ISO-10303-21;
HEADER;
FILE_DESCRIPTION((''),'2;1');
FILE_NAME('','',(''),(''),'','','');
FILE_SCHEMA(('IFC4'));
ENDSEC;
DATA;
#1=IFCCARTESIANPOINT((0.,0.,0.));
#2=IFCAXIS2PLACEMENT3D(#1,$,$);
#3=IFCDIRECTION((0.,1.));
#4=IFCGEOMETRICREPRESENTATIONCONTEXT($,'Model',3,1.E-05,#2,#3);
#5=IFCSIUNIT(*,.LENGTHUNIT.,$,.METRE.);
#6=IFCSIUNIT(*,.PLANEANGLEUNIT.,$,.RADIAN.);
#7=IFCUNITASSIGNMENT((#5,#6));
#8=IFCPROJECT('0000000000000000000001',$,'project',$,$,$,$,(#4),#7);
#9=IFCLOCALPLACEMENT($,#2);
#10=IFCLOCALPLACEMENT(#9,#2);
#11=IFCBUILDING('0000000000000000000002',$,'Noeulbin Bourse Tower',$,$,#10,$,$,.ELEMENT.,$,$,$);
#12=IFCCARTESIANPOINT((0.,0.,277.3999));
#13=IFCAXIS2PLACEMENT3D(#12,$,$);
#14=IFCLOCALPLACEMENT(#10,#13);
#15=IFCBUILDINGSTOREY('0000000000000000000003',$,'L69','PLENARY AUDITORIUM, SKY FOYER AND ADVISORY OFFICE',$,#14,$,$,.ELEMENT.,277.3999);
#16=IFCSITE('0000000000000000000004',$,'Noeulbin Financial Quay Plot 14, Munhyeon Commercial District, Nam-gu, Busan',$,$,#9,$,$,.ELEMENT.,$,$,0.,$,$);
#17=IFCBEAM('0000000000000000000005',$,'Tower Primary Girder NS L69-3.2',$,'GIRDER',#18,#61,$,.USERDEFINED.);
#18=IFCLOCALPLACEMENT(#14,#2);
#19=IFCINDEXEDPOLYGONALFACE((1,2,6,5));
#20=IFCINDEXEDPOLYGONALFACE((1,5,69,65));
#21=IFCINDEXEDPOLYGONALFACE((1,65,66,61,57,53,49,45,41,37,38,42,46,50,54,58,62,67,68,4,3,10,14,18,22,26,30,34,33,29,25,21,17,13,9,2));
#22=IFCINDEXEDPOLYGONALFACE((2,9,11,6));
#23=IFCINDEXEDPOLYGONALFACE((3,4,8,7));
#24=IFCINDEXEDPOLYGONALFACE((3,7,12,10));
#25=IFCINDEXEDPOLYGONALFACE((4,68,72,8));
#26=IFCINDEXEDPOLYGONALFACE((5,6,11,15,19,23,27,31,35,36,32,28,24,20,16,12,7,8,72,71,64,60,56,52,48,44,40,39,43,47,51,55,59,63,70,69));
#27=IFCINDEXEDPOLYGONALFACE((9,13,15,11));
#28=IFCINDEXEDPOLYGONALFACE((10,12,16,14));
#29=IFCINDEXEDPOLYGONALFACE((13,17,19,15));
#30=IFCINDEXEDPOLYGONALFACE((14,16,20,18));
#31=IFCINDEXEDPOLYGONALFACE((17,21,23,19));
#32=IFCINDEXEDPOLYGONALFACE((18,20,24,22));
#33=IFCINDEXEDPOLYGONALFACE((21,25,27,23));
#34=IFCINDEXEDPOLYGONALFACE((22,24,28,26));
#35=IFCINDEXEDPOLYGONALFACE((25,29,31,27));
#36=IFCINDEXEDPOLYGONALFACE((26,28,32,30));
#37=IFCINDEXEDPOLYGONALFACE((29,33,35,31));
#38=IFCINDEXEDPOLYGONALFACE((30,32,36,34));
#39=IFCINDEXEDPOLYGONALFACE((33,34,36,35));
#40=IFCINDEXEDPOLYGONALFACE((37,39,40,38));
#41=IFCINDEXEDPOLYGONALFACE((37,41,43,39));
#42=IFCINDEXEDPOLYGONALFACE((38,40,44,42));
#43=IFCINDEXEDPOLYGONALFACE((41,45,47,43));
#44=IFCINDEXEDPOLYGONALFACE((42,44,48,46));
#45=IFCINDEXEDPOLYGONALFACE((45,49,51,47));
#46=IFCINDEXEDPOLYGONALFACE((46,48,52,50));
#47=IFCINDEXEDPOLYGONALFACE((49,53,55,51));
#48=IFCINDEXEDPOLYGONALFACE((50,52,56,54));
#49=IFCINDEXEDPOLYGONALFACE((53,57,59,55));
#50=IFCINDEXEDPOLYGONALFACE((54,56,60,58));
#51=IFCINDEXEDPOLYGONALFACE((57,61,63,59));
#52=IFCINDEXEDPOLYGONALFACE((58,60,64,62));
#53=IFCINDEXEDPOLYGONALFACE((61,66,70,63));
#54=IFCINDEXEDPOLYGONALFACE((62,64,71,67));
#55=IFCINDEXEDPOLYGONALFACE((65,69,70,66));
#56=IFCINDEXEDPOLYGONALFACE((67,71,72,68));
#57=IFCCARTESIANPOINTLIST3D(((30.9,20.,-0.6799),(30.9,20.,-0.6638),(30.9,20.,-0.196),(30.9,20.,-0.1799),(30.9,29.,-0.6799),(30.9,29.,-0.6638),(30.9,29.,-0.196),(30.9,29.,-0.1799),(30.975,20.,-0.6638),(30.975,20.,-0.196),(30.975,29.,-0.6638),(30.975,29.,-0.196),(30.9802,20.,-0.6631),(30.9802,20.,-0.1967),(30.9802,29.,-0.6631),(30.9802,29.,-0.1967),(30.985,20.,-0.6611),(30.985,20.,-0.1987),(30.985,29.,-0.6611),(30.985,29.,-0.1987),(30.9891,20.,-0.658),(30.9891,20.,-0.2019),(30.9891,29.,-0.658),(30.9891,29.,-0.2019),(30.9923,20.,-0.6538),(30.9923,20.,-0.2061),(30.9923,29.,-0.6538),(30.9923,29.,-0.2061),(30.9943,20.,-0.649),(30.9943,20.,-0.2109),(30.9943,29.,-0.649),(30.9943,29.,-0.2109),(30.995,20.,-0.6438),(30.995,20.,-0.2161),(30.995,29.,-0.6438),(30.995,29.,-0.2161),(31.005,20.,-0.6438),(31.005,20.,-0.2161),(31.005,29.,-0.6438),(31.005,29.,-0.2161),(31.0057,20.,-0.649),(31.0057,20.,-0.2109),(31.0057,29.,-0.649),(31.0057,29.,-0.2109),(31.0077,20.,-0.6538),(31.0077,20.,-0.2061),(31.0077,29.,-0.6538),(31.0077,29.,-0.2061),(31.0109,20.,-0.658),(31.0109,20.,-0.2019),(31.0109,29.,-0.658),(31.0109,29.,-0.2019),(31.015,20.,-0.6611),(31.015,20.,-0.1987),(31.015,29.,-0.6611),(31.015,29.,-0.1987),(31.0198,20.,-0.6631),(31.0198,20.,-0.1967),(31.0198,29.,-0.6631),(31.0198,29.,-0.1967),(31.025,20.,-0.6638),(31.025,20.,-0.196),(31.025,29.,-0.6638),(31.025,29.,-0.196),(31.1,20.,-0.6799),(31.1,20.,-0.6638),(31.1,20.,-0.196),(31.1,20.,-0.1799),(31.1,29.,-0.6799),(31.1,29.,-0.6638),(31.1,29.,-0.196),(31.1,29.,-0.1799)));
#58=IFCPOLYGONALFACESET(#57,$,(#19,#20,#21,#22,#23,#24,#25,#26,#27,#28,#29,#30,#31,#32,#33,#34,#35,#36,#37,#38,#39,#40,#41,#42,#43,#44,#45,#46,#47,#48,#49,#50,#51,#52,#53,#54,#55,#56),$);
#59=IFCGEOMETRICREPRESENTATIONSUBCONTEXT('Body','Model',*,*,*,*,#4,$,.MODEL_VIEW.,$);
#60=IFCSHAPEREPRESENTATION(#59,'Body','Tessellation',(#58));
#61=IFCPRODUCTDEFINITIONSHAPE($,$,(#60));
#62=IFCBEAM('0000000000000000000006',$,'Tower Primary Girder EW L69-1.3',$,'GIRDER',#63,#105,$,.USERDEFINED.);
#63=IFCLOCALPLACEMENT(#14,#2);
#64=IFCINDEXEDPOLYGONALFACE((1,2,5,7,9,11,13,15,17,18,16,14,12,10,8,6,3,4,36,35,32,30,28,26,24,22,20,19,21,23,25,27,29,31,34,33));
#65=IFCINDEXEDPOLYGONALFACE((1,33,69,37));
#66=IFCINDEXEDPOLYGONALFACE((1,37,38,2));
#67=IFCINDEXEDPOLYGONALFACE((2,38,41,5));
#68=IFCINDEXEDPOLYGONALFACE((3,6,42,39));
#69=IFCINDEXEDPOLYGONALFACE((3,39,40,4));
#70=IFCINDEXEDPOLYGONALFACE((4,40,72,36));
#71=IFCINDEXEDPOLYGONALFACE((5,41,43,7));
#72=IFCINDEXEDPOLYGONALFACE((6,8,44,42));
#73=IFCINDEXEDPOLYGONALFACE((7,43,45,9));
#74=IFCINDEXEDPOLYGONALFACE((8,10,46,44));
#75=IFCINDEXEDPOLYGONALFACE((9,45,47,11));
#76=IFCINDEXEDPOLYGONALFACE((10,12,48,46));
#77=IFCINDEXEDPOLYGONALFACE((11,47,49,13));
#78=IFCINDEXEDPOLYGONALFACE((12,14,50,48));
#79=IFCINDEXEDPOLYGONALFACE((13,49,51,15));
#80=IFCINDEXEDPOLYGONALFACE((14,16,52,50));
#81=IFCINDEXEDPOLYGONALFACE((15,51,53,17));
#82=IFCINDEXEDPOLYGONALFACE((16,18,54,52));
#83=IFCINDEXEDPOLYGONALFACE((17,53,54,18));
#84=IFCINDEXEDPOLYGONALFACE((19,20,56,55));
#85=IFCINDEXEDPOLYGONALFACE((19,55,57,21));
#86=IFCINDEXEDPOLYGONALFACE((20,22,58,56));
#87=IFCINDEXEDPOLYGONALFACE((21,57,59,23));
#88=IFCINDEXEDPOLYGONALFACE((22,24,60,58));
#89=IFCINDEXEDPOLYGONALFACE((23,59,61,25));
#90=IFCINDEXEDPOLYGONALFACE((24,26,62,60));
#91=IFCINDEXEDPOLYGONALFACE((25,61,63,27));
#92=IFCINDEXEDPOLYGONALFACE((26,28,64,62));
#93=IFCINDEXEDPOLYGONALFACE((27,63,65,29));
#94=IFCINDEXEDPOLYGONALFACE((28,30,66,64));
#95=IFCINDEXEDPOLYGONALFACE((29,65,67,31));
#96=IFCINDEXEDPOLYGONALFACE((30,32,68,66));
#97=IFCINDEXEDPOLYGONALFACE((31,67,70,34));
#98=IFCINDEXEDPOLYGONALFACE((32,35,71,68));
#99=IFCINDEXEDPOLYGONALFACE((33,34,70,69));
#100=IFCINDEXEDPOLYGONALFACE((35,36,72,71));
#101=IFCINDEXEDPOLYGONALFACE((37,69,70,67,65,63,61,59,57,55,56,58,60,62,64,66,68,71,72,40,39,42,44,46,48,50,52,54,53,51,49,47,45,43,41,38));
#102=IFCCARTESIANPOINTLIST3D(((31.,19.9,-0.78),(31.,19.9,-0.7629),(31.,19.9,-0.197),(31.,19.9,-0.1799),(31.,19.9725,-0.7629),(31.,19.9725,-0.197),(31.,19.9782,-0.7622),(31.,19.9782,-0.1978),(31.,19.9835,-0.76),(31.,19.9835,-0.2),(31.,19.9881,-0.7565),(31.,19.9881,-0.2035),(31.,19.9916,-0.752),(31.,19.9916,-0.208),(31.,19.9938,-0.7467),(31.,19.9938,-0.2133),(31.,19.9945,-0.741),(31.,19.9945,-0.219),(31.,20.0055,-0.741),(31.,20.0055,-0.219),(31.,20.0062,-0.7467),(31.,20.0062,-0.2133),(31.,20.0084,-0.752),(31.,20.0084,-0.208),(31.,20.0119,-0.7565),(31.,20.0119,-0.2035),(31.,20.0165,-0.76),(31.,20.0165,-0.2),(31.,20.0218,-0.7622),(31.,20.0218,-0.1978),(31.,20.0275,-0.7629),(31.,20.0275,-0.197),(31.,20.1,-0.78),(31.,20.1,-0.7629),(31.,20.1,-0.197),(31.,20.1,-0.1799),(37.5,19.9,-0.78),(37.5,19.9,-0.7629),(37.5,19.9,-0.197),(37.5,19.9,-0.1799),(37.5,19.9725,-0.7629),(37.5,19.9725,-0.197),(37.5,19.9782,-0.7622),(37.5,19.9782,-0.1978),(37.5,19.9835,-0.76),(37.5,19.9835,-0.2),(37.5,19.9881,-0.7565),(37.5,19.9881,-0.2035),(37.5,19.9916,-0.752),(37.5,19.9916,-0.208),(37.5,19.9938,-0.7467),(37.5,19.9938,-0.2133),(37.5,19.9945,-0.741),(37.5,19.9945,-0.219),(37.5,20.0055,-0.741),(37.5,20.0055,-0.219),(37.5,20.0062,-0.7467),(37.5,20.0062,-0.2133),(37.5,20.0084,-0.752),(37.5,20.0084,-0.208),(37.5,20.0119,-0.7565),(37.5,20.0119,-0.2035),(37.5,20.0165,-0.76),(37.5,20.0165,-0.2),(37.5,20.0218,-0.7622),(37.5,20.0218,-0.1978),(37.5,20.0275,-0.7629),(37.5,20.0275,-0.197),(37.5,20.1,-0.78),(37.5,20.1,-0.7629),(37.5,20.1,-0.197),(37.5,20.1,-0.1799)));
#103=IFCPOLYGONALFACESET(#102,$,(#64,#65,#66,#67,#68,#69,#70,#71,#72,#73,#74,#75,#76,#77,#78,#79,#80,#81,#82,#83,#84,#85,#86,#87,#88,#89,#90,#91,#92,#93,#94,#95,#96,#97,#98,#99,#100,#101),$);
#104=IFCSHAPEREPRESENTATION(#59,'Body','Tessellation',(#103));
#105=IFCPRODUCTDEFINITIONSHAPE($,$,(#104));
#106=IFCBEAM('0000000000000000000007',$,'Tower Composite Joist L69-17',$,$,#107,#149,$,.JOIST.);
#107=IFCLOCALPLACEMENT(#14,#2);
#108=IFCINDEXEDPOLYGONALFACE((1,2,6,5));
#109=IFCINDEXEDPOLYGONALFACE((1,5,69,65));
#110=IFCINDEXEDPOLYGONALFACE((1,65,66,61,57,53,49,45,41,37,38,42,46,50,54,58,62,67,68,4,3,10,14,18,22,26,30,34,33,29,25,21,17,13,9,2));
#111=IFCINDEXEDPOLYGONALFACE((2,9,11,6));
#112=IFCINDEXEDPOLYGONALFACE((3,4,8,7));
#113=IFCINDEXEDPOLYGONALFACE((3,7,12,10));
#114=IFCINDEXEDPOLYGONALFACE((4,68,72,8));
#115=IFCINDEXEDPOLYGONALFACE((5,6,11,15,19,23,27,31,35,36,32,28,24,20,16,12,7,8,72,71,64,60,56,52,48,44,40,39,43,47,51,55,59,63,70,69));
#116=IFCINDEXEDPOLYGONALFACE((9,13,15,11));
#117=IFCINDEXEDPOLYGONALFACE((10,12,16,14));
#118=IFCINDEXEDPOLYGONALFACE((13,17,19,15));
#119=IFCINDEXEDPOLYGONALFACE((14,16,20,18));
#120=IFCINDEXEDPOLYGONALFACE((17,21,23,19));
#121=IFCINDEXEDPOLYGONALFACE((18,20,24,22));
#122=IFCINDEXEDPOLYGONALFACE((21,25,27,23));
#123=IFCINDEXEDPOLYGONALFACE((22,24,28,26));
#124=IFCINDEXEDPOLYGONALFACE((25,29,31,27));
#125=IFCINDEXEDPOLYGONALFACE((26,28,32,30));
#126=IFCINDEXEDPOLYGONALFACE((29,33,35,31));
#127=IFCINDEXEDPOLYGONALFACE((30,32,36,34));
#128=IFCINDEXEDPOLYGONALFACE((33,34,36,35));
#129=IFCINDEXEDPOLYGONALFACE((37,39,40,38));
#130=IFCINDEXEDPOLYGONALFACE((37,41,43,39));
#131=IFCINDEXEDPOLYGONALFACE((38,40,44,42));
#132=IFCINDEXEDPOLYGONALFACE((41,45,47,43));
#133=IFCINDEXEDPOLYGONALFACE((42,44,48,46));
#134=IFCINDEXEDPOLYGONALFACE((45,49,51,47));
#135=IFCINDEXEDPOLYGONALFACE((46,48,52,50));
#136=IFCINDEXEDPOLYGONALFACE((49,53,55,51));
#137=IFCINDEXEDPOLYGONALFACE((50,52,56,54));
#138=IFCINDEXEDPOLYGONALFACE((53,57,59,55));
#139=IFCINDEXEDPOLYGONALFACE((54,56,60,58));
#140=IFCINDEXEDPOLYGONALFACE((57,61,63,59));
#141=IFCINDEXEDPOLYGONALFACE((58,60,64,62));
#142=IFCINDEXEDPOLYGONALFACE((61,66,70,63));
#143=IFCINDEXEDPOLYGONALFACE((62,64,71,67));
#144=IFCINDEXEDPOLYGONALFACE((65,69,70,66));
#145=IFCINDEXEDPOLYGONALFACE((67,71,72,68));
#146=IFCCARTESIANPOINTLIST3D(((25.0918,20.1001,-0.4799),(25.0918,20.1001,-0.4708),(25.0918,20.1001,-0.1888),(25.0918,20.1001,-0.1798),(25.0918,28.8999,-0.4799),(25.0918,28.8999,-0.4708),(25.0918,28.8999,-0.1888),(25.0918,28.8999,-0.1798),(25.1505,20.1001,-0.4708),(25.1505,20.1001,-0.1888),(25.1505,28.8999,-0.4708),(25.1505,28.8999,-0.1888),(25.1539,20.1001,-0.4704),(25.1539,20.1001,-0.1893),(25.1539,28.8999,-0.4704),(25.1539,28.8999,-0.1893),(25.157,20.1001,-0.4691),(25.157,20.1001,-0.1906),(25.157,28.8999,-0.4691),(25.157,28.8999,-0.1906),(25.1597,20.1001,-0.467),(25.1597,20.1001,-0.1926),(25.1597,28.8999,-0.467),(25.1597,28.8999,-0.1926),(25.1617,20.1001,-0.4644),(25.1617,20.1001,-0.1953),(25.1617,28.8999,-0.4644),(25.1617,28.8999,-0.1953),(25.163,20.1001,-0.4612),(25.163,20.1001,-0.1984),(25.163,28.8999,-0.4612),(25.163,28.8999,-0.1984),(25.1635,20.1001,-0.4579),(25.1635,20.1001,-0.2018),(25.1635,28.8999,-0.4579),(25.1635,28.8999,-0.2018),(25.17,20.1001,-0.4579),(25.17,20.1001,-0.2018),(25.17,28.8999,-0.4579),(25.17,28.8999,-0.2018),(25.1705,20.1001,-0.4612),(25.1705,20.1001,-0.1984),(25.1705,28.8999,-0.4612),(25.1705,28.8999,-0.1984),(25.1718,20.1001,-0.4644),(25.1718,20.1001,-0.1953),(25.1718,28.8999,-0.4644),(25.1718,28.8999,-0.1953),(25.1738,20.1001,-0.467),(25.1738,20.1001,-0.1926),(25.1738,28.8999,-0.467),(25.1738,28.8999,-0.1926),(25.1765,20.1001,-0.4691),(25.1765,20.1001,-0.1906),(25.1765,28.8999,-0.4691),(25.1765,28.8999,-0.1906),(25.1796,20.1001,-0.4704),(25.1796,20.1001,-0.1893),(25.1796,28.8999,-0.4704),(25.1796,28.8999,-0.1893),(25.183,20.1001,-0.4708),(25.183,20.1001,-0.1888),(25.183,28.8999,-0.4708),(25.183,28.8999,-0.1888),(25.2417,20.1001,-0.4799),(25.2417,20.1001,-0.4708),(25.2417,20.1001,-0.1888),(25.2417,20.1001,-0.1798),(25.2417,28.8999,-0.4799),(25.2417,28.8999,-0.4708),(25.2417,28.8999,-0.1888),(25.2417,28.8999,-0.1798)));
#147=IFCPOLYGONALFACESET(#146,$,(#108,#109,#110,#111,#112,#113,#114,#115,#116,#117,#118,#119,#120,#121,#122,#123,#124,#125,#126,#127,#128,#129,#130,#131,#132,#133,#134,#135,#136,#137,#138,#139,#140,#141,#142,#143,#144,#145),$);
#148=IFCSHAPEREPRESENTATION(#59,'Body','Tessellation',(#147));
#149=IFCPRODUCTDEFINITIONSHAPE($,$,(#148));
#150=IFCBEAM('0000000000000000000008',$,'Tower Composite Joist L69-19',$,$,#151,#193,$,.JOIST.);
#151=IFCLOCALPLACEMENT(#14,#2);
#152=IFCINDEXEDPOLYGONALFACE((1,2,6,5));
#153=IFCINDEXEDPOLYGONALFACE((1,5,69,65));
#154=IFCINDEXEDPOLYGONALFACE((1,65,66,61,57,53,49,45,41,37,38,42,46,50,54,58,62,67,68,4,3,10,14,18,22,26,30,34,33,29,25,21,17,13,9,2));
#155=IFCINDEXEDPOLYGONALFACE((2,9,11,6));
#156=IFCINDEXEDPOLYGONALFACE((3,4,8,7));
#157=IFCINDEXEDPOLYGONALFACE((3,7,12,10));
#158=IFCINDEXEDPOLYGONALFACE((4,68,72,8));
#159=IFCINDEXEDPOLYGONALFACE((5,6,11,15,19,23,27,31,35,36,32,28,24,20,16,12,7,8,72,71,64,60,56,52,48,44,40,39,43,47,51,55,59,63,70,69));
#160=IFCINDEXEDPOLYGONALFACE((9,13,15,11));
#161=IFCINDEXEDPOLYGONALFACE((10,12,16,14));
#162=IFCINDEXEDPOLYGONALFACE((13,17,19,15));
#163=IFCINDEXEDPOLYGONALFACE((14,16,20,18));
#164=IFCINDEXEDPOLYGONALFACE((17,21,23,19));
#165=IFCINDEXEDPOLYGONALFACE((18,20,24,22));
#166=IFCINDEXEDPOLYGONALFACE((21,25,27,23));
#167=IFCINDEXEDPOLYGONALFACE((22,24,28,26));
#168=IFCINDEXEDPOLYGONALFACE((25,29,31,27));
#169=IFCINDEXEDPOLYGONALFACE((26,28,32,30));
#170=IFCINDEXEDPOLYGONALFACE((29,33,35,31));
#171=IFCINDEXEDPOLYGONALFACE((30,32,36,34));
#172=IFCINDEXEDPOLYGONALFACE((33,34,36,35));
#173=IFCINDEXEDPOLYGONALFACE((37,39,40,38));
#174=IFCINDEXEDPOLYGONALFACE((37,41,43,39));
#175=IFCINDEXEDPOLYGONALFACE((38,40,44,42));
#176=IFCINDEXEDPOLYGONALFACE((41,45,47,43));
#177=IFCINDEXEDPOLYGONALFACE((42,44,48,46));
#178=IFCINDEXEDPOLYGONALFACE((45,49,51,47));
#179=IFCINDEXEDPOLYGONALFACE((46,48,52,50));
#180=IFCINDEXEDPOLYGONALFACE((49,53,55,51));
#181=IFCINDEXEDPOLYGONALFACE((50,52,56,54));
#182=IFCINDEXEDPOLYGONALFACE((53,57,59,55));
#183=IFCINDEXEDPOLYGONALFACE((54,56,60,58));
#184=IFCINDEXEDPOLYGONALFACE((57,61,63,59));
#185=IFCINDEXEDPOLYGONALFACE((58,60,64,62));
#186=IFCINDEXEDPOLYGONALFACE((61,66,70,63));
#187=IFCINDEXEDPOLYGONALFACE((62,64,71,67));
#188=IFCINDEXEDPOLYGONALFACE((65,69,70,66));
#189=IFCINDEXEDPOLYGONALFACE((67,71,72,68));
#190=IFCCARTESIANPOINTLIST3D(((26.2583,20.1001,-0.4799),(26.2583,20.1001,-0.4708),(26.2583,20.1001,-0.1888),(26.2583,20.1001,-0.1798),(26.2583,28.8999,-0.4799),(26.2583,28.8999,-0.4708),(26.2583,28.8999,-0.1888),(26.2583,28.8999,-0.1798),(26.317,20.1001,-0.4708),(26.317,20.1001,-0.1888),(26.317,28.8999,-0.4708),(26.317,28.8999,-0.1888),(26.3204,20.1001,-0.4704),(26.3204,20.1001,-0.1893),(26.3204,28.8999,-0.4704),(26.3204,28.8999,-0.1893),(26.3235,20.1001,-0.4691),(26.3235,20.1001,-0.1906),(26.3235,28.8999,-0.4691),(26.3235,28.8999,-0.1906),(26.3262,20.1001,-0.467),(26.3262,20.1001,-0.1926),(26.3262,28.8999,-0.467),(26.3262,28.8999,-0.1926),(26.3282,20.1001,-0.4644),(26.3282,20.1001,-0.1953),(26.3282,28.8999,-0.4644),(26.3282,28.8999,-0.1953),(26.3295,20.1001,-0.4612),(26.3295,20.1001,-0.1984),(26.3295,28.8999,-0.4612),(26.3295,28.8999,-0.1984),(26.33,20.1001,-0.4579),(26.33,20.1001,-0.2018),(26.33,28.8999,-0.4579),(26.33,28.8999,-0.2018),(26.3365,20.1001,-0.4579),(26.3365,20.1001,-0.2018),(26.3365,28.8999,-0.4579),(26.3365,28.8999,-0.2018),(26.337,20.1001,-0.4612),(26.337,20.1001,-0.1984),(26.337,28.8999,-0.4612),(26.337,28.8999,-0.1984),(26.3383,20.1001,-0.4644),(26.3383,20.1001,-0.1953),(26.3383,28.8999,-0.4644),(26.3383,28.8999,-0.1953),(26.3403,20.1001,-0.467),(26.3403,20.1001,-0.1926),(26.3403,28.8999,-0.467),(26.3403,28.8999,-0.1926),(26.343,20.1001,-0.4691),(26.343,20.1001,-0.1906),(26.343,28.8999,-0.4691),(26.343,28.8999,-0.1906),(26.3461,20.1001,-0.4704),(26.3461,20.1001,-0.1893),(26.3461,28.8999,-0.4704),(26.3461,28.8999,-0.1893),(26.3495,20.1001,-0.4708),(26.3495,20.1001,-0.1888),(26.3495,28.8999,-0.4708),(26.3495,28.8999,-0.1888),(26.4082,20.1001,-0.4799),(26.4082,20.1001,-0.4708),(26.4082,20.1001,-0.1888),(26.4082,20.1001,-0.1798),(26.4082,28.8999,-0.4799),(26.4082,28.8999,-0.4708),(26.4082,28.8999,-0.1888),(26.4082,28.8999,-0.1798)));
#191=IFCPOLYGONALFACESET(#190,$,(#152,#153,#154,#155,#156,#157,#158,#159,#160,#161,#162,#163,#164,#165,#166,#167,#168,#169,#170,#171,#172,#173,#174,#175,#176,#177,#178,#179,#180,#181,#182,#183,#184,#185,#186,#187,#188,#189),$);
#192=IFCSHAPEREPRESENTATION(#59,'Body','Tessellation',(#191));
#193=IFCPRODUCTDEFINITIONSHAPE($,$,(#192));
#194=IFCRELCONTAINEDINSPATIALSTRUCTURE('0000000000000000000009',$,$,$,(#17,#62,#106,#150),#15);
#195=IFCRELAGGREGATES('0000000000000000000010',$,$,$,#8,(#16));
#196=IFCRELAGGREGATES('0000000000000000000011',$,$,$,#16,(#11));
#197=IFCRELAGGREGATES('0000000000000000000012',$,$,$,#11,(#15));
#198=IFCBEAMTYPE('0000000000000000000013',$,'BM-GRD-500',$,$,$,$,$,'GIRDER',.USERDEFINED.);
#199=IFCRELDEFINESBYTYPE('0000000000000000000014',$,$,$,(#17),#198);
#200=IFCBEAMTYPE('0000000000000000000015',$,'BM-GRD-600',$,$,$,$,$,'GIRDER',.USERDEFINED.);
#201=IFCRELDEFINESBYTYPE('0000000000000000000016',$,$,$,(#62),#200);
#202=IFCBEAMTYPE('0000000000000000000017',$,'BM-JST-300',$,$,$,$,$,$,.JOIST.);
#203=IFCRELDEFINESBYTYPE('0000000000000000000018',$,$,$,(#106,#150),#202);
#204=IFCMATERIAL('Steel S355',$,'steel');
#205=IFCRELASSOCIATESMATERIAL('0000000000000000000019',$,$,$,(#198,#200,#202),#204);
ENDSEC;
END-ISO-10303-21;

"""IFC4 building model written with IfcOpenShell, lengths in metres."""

from ifc_helpers import new_model, si_unit, direction, frame, origin, origin_2d, place, context, subcontext, project, spatial, i_section, extrude, material, material_profile, profile_set, type_object, element, save


model = new_model("IFC4")

# Units and contexts
model_context = context("Model", 3, precision=1e-05, world=origin(), true_north=direction((0.0, 1.0)))
body_context = subcontext(model_context, "Body", "Model", "MODEL_VIEW")
ifc_project = project(units=[si_unit("LENGTHUNIT", "METRE"), si_unit("PLANEANGLEUNIT", "RADIAN")], contexts=[model_context])

# Site, building, storey
site_placement = place(None, origin())
site = spatial("IfcSite", under=ifc_project, at=site_placement, Name="Noeulbin Financial Quay Plot 14, Munhyeon Commercial District, Nam-gu, Busan", CompositionType="ELEMENT", RefElevation=0.0)
building_placement = place(site_placement, origin())
building = spatial("IfcBuilding", under=site, at=building_placement, Name="Noeulbin Bourse Tower", CompositionType="ELEMENT")
storey_placement = place(building_placement, frame((0.0, 0.0, 277.3999)))
storey = spatial("IfcBuildingStorey", under=building, at=storey_placement, Name="L69", Description="PLENARY AUDITORIUM, SKY FOYER AND ADVISORY OFFICE", CompositionType="ELEMENT", Elevation=277.3999)

# Shared definitions
ifc_material_1 = material(Name="Steel S355", Category="steel")

# Beams
ifc_material_profile_1 = material_profile(ifc_material_1, i_section(OverallWidth=0.2, OverallDepth=0.5, WebThickness=0.01, FlangeThickness=0.0161, FilletRadius=0.02, at=origin_2d()), Name="H-500x200x10x16", Category="LoadBearing")
ifc_profile_set_1 = profile_set([ifc_material_profile_1], Name="Steel S355")
beam_type_1 = type_object("IfcBeamType", Name="BM-GRD-500", ElementType="GIRDER", PredefinedType="USERDEFINED", material=ifc_profile_set_1)
beam_1_placement = place(storey_placement, frame((31.0, 20.0, -0.4299), z_axis=(0.0, 1.0, 0.0), x_axis=(-1.0, 0.0, 0.0)))
element("IfcBeam", 1, at=beam_1_placement, inside=storey, type_object=beam_type_1, Name="Tower Primary Girder NS L69-3.2", ObjectType="GIRDER", PredefinedType="USERDEFINED", context=body_context, shape_type="SweptSolid", body=[
    extrude(i_section(OverallWidth=0.2, OverallDepth=0.5, WebThickness=0.01, FlangeThickness=0.0161, FilletRadius=0.02, at=origin_2d()), origin(), (0.0, 0.0, 1.0), 9.0),
])
ifc_material_profile_2 = material_profile(ifc_material_1, i_section(OverallWidth=0.2, OverallDepth=0.6001, WebThickness=0.011, FlangeThickness=0.0171, FilletRadius=0.022, at=origin_2d()), Name="H-600x200x11x17", Category="LoadBearing")
ifc_profile_set_2 = profile_set([ifc_material_profile_2], Name="Steel S355")
beam_type_2 = type_object("IfcBeamType", Name="BM-GRD-600", ElementType="GIRDER", PredefinedType="USERDEFINED", material=ifc_profile_set_2)
beam_2_placement = place(storey_placement, frame((31.0, 20.0, -0.48), z_axis=(1.0, 0.0, 0.0), x_axis=(0.0, 1.0, 0.0)))
element("IfcBeam", 2, at=beam_2_placement, inside=storey, type_object=beam_type_2, Name="Tower Primary Girder EW L69-1.3", ObjectType="GIRDER", PredefinedType="USERDEFINED", context=body_context, shape_type="SweptSolid", body=[
    extrude(i_section(OverallWidth=0.2, OverallDepth=0.6001, WebThickness=0.011, FlangeThickness=0.0171, FilletRadius=0.022, at=origin_2d()), origin(), (0.0, 0.0, 1.0), 6.5),
])
ifc_material_profile_3 = material_profile(ifc_material_1, i_section(OverallWidth=0.1499, OverallDepth=0.3, WebThickness=0.0066, FlangeThickness=0.009, FilletRadius=0.0129, at=origin_2d()), Name="H-300x150x6.5x9", Category="LoadBearing")
ifc_profile_set_3 = profile_set([ifc_material_profile_3], Name="Steel S355")
beam_type_3 = type_object("IfcBeamType", Name="BM-JST-300", PredefinedType="JOIST", material=ifc_profile_set_3)
for number, where, z_axis, x_axis, name in (
    (3, (25.1667, 20.1001, -0.3298), (0.0, 1.0, 0.0), (-1.0, 0.0, 0.0), "Tower Composite Joist L69-17"),
    (4, (26.3333, 20.1001, -0.3298), (0.0, 1.0, 0.0), (-1.0, 0.0, 0.0), "Tower Composite Joist L69-19"),
):
    element("IfcBeam", number, at=place(storey_placement, frame(where, z_axis=z_axis, x_axis=x_axis)), inside=storey, type_object=beam_type_3, Name=name, PredefinedType="JOIST", context=body_context, shape_type="SweptSolid", body=[
        extrude(i_section(OverallWidth=0.1499, OverallDepth=0.3, WebThickness=0.0066, FlangeThickness=0.009, FilletRadius=0.0129, at=origin_2d()), origin(), (0.0, 0.0, 1.0), 8.7998),
    ])

save(model, "model.ifc")
